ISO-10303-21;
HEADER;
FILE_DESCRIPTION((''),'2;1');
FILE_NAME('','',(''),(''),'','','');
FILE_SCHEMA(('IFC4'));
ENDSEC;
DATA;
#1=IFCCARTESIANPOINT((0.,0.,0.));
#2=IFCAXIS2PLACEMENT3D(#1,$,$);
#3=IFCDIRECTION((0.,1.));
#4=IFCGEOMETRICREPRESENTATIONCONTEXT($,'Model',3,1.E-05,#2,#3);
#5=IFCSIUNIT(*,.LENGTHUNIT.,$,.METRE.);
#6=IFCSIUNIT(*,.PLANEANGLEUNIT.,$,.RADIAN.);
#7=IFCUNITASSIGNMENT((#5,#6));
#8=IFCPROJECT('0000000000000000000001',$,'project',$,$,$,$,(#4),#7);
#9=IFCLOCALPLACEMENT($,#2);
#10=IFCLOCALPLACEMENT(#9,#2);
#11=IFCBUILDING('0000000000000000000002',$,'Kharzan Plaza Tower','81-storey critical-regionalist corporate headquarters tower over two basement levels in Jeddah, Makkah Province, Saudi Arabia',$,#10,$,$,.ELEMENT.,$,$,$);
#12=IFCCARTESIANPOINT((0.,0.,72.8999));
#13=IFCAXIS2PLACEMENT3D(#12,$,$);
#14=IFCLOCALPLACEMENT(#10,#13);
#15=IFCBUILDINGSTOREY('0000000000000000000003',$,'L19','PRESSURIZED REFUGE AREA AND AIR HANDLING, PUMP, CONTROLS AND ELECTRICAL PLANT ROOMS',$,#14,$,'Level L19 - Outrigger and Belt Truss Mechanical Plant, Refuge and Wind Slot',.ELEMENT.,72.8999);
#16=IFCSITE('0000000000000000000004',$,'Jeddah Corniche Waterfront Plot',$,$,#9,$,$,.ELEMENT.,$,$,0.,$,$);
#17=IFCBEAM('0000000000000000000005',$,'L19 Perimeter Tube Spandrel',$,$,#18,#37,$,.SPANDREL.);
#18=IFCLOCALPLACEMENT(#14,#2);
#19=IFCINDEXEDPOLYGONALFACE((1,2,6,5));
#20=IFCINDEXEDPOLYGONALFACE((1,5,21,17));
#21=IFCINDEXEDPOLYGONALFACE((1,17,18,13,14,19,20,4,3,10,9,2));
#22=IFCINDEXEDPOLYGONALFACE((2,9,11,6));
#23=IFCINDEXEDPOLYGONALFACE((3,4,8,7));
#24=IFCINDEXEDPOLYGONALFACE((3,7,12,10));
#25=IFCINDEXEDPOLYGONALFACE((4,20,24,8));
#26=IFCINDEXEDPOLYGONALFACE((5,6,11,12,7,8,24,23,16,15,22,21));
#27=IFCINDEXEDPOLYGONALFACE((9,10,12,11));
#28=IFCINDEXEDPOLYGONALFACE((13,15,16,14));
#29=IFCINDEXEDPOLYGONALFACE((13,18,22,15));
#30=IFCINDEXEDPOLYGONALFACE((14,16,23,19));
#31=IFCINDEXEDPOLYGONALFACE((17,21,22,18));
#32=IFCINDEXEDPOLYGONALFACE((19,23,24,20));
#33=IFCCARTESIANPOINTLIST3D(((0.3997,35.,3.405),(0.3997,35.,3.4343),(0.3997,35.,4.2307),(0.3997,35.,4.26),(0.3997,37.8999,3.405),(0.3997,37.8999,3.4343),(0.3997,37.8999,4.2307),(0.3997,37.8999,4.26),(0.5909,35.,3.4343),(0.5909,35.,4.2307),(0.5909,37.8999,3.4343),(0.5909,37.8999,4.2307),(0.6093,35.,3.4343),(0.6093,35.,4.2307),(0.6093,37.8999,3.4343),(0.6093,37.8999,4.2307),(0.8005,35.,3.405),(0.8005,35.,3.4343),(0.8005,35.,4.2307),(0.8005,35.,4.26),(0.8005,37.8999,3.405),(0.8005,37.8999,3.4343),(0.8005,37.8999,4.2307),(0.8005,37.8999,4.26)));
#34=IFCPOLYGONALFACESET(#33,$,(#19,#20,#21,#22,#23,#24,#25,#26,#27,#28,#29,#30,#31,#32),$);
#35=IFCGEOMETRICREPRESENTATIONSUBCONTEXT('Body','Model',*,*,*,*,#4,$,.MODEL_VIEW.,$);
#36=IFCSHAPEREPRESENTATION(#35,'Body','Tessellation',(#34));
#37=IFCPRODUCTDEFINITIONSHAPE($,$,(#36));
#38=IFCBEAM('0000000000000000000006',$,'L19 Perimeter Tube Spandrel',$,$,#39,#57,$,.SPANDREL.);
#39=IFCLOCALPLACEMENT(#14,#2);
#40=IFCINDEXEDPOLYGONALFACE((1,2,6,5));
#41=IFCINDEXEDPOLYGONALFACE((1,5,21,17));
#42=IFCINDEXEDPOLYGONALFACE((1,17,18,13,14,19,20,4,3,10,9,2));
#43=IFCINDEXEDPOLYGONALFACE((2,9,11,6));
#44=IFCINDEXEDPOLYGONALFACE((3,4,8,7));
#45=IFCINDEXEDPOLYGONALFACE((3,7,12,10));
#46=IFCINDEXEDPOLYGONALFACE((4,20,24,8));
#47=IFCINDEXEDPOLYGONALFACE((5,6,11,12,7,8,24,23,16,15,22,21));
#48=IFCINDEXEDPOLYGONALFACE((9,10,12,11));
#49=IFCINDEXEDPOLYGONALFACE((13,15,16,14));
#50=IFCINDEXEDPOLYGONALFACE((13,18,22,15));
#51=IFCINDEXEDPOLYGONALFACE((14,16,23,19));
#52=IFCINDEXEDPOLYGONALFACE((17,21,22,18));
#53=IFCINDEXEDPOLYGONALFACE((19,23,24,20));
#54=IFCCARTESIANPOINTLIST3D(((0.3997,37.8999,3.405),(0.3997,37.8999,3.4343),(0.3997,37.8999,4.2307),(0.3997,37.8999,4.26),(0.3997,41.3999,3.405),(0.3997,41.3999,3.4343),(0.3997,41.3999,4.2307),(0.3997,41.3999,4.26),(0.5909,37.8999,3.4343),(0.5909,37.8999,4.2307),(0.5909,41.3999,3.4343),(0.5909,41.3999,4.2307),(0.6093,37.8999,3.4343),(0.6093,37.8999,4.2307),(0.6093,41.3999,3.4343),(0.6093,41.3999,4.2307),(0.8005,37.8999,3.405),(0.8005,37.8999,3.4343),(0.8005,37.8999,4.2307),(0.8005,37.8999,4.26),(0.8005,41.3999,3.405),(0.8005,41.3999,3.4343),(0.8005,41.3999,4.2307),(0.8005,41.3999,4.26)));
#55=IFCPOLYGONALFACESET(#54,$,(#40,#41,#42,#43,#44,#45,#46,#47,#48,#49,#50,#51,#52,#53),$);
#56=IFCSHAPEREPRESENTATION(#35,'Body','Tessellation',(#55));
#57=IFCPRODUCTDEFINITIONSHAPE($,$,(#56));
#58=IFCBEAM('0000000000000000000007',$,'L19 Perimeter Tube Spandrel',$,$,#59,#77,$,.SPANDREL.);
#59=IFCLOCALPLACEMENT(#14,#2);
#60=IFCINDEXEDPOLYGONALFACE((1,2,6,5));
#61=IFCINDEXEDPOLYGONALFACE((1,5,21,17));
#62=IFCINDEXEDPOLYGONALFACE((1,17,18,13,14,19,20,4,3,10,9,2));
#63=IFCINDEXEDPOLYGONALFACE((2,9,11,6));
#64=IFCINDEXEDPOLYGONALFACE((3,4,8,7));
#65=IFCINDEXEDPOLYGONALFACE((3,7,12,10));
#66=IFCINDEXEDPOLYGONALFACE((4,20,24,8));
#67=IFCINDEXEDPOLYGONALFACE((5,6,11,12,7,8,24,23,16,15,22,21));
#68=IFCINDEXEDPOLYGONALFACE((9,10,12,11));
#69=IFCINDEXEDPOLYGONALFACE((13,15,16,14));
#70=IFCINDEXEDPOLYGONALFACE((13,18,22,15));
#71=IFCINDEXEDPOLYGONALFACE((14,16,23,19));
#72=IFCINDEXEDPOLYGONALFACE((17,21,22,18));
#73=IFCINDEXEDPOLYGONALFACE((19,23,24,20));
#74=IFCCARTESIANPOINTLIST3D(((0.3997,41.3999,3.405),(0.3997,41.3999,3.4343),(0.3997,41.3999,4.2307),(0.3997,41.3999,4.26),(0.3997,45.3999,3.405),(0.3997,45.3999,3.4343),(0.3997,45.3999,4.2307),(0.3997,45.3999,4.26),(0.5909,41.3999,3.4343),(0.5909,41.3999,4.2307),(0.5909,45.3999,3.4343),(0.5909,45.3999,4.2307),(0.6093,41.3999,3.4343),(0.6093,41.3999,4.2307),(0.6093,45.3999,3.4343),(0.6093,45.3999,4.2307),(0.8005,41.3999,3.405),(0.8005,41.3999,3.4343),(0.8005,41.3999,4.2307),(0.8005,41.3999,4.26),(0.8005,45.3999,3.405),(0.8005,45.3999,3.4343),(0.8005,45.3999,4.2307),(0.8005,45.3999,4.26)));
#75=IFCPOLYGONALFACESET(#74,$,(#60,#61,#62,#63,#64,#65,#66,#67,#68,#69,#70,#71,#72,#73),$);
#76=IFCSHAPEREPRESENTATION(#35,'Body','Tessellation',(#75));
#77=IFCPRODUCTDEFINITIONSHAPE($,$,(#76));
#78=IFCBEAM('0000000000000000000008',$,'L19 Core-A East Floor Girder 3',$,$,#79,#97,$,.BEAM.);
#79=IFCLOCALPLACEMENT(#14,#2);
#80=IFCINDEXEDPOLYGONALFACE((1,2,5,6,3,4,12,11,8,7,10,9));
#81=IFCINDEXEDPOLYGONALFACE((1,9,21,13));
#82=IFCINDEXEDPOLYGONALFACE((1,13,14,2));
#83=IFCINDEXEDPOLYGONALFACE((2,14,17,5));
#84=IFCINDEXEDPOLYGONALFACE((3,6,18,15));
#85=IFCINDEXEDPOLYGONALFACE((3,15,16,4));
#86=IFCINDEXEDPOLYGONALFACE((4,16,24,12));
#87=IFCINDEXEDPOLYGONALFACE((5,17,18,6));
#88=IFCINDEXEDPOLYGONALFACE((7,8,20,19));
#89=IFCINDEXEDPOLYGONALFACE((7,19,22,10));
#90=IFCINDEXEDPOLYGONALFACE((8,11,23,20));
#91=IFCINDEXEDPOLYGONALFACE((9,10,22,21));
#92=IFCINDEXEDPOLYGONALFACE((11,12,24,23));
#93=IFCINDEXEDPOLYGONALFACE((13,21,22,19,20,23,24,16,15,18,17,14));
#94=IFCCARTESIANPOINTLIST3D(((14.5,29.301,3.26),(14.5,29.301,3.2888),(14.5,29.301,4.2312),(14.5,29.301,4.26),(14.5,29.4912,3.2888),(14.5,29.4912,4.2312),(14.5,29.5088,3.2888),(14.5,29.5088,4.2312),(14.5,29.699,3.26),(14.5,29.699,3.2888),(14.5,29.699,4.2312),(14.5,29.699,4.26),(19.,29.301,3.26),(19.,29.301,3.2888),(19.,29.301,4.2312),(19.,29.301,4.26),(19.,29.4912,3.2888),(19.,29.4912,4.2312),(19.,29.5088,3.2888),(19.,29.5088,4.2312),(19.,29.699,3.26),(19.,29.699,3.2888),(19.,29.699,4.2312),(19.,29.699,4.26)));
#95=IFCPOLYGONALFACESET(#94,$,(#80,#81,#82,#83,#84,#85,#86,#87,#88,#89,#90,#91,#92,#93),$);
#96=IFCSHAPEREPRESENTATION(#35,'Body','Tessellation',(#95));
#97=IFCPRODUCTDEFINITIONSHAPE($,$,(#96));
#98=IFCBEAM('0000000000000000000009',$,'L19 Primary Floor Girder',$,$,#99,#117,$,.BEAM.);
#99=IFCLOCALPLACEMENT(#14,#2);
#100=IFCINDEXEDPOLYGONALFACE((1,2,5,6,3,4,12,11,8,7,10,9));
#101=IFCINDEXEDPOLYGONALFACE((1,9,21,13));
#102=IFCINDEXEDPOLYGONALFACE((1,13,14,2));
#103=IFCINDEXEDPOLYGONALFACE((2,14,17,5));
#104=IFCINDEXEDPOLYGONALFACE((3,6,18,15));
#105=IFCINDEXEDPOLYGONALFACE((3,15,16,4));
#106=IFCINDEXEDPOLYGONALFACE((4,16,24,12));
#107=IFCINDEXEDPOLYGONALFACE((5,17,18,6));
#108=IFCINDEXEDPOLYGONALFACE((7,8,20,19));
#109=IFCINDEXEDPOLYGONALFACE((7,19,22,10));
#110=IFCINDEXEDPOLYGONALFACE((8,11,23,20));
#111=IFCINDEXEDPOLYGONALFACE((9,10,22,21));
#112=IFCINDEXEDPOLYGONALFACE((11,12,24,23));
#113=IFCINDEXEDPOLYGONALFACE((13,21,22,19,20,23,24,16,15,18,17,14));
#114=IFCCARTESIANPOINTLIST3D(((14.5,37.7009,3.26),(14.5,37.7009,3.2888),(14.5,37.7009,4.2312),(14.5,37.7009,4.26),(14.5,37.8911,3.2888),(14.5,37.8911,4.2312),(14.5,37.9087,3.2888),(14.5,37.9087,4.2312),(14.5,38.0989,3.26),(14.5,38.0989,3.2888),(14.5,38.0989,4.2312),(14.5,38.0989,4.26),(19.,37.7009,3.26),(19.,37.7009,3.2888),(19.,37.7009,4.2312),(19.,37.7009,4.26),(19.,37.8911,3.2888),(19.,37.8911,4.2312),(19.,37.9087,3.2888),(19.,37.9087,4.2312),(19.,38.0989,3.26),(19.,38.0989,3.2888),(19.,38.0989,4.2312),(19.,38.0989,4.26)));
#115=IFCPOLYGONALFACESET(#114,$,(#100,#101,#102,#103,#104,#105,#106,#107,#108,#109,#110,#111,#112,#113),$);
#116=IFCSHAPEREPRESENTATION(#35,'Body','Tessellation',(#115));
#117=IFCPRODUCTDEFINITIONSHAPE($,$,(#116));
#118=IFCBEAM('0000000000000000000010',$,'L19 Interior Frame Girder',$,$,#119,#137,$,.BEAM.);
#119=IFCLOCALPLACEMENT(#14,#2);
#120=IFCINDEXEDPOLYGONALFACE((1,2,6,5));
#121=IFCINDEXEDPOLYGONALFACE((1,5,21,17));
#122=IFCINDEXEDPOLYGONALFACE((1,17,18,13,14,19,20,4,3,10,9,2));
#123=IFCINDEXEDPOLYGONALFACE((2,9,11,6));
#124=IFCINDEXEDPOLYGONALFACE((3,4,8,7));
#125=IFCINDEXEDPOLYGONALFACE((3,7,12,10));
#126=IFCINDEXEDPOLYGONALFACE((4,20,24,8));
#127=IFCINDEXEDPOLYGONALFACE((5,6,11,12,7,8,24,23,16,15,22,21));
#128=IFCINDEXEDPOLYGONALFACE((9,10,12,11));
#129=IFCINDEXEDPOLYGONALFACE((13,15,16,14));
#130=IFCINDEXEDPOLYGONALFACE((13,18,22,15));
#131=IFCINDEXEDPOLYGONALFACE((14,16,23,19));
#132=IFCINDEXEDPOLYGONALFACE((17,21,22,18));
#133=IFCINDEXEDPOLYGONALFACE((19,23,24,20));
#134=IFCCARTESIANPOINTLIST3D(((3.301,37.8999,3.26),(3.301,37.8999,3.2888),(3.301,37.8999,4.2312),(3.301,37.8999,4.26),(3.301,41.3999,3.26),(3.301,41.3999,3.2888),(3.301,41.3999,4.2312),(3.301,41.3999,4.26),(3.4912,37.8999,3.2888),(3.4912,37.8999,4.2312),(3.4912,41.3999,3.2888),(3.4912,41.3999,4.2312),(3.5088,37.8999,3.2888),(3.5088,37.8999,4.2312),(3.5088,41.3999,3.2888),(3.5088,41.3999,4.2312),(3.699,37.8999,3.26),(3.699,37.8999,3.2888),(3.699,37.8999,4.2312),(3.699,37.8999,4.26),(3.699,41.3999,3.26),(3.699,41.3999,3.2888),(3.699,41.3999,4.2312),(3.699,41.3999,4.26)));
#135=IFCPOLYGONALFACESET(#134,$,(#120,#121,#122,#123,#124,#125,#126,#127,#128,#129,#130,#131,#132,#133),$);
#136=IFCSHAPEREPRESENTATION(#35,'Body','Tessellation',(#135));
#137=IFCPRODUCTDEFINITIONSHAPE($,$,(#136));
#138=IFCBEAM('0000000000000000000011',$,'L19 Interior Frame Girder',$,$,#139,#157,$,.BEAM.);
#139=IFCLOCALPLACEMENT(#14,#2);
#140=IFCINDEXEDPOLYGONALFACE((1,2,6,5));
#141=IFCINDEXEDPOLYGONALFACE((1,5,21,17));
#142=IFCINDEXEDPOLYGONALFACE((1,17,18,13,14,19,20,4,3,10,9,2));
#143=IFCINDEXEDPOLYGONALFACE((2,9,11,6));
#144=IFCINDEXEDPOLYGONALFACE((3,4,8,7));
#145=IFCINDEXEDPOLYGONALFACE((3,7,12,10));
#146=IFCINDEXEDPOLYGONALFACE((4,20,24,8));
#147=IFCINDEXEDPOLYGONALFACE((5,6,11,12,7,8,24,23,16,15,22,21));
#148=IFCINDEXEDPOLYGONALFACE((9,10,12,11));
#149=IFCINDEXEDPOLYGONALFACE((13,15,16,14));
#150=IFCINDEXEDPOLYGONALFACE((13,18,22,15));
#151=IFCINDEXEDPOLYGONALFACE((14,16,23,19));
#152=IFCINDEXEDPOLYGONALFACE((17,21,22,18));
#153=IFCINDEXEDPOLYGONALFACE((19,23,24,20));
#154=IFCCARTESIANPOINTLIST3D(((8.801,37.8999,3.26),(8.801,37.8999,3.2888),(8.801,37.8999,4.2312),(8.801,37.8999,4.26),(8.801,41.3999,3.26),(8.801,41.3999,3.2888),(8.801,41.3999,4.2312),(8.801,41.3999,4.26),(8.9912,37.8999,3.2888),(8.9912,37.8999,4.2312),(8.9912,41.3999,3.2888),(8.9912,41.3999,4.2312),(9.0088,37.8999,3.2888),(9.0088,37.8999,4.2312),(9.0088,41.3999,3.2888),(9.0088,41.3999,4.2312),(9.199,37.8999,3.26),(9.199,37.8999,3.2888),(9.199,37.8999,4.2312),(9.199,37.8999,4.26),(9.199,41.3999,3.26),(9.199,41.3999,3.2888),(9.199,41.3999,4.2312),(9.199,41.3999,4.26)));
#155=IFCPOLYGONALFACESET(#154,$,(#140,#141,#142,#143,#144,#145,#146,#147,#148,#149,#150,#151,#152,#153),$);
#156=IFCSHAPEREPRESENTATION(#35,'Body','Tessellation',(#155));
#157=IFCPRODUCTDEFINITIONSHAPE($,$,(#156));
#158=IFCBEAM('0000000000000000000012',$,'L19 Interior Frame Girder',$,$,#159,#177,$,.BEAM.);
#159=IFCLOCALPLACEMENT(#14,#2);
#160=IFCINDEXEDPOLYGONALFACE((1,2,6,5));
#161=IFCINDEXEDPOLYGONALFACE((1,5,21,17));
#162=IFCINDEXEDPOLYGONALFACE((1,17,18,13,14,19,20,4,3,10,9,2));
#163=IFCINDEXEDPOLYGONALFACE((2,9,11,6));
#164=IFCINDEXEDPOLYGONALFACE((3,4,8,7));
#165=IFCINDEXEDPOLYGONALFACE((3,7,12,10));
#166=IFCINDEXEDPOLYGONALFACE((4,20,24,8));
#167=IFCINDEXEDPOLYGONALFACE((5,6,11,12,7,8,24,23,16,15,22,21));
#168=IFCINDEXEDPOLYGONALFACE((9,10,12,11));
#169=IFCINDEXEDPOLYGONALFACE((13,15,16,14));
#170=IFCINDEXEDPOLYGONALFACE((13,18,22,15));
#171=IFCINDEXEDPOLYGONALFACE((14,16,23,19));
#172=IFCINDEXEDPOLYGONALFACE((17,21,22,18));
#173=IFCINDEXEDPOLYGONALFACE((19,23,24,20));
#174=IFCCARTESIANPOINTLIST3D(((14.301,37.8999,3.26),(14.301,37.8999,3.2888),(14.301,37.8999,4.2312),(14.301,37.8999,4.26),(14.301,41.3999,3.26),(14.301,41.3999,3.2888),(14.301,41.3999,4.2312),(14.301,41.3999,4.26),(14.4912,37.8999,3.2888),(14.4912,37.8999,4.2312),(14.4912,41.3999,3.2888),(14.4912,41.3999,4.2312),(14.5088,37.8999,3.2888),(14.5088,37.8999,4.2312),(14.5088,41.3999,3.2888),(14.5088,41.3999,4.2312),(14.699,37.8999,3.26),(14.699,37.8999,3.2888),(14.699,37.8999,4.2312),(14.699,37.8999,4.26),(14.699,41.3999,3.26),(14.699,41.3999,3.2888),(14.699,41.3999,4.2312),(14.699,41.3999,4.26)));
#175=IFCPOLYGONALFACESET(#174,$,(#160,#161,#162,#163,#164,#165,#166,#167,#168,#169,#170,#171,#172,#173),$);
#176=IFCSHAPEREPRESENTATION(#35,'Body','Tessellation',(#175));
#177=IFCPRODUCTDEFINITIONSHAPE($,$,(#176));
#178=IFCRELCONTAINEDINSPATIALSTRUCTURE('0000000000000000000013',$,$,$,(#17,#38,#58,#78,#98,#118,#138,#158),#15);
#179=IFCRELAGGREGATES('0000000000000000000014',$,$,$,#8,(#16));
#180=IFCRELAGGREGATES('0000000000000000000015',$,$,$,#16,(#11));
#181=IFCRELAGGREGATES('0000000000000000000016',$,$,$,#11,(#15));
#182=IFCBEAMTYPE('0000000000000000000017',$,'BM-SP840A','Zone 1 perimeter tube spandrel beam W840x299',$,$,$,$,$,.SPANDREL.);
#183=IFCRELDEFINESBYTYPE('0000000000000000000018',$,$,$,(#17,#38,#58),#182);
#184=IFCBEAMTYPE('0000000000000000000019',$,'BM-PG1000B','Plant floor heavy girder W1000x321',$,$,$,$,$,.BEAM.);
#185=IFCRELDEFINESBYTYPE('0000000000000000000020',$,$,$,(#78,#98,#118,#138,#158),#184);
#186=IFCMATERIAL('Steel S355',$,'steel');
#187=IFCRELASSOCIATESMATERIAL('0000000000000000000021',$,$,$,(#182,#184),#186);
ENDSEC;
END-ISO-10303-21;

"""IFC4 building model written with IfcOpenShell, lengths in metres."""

from ifc_helpers import new_model, si_unit, direction, frame, origin, origin_2d, place, context, subcontext, project, spatial, i_section, extrude, source, transform, mapped, material, material_profile, profile_set, type_object, element, save


model = new_model("IFC4")

# Units and contexts
model_context = context("Model", 3, precision=1e-05, world=origin(), true_north=direction((0.0, 1.0)))
body_context = subcontext(model_context, "Body", "Model", "MODEL_VIEW")
ifc_project = project(units=[si_unit("LENGTHUNIT", "METRE"), si_unit("PLANEANGLEUNIT", "RADIAN")], contexts=[model_context])

# Site, building, storey
site_placement = place(None, origin())
site = spatial("IfcSite", under=ifc_project, at=site_placement, Name="Jeddah Corniche Waterfront Plot", CompositionType="ELEMENT", RefElevation=0.0)
building_placement = place(site_placement, origin())
building = spatial("IfcBuilding", under=site, at=building_placement, Name="Kharzan Plaza Tower", Description="81-storey critical-regionalist corporate headquarters tower over two basement levels in Jeddah, Makkah Province, Saudi Arabia", CompositionType="ELEMENT")
storey_placement = place(building_placement, frame((0.0, 0.0, 72.8999)))
storey = spatial("IfcBuildingStorey", under=building, at=storey_placement, Name="L19", Description="PRESSURIZED REFUGE AREA AND AIR HANDLING, PUMP, CONTROLS AND ELECTRICAL PLANT ROOMS", LongName="Level L19 - Outrigger and Belt Truss Mechanical Plant, Refuge and Wind Slot", CompositionType="ELEMENT", Elevation=72.8999)

# Beams
ifc_material_1 = material(Name="Steel S355", Category="steel")
ifc_material_profile_1 = material_profile(ifc_material_1, i_section(OverallWidth=0.4009, OverallDepth=0.855, WebThickness=0.0183, FlangeThickness=0.0293, at=origin_2d()), Name="W840x299")
ifc_profile_set_1 = profile_set([ifc_material_profile_1], Name="Steel S355")
beam_type_1 = type_object("IfcBeamType", Name="BM-SP840A", Description="Zone 1 perimeter tube spandrel beam W840x299", PredefinedType="SPANDREL", material=ifc_profile_set_1)
shared_shape_1 = source(origin(), body_context, "Body", "SweptSolid", [
    extrude(i_section(OverallWidth=0.4009, OverallDepth=0.855, WebThickness=0.0183, FlangeThickness=0.0293, at=origin_2d()), origin(), (0.0, 0.0, 1.0), 2.8999),
])
beam_1_placement = place(storey_placement, frame((0.6001, 35.0, 3.8325), z_axis=(0.0, 1.0, 0.0), x_axis=(-1.0, 0.0, 0.0)))
element("IfcBeam", 1, at=beam_1_placement, inside=storey, type_object=beam_type_1, Name="L19 Perimeter Tube Spandrel", PredefinedType="SPANDREL", context=body_context, shape_type="MappedRepresentation", body=[
    mapped(shared_shape_1, transform((0.0, 0.0, 0.0), x_axis=(1.0, 0.0, 0.0), y_axis=(0.0, 1.0, 0.0), z_axis=(0.0, 0.0, 1.0))),
])
shared_shape_2 = source(origin(), body_context, "Body", "SweptSolid", [
    extrude(i_section(OverallWidth=0.4009, OverallDepth=0.855, WebThickness=0.0183, FlangeThickness=0.0293, at=origin_2d()), origin(), (0.0, 0.0, 1.0), 3.5),
])
beam_2_placement = place(storey_placement, frame((0.6001, 37.8999, 3.8325), z_axis=(0.0, 1.0, 0.0), x_axis=(-1.0, 0.0, 0.0)))
element("IfcBeam", 2, at=beam_2_placement, inside=storey, type_object=beam_type_1, Name="L19 Perimeter Tube Spandrel", PredefinedType="SPANDREL", context=body_context, shape_type="MappedRepresentation", body=[
    mapped(shared_shape_2, transform((0.0, 0.0, 0.0), x_axis=(1.0, 0.0, 0.0), y_axis=(0.0, 1.0, 0.0), z_axis=(0.0, 0.0, 1.0))),
])
shared_shape_3 = source(origin(), body_context, "Body", "SweptSolid", [
    extrude(i_section(OverallWidth=0.4009, OverallDepth=0.855, WebThickness=0.0183, FlangeThickness=0.0293, at=origin_2d()), origin(), (0.0, 0.0, 1.0), 4.0),
])
beam_3_placement = place(storey_placement, frame((0.6001, 41.3999, 3.8325), z_axis=(0.0, 1.0, 0.0), x_axis=(-1.0, 0.0, 0.0)))
element("IfcBeam", 3, at=beam_3_placement, inside=storey, type_object=beam_type_1, Name="L19 Perimeter Tube Spandrel", PredefinedType="SPANDREL", context=body_context, shape_type="MappedRepresentation", body=[
    mapped(shared_shape_3, transform((0.0, 0.0, 0.0), x_axis=(1.0, 0.0, 0.0), y_axis=(0.0, 1.0, 0.0), z_axis=(0.0, 0.0, 1.0))),
])
ifc_material_profile_2 = material_profile(ifc_material_1, i_section(OverallWidth=0.3979, OverallDepth=1.0, WebThickness=0.0176, FlangeThickness=0.0288, at=origin_2d()), Name="W1000x321")
ifc_profile_set_2 = profile_set([ifc_material_profile_2], Name="Steel S355")
beam_type_2 = type_object("IfcBeamType", Name="BM-PG1000B", Description="Plant floor heavy girder W1000x321", PredefinedType="BEAM", material=ifc_profile_set_2)
shared_shape_4 = source(origin(), body_context, "Body", "SweptSolid", [
    extrude(i_section(OverallWidth=0.3979, OverallDepth=1.0, WebThickness=0.0176, FlangeThickness=0.0288, at=origin_2d()), origin(), (0.0, 0.0, 1.0), 4.5),
])
for number, where, z_axis, x_axis, name in (
    (4, (14.5, 29.5, 3.76), (1.0, 0.0, 0.0), (0.0, 1.0, 0.0), "L19 Core-A East Floor Girder 3"),
    (5, (14.5, 37.8999, 3.76), (1.0, 0.0, 0.0), (0.0, 1.0, 0.0), "L19 Primary Floor Girder"),
):
    element("IfcBeam", number, at=place(storey_placement, frame(where, z_axis=z_axis, x_axis=x_axis)), inside=storey, type_object=beam_type_2, Name=name, PredefinedType="BEAM", context=body_context, shape_type="MappedRepresentation", body=[
        mapped(shared_shape_4, transform((0.0, 0.0, 0.0), x_axis=(1.0, 0.0, 0.0), y_axis=(0.0, 1.0, 0.0), z_axis=(0.0, 0.0, 1.0))),
    ])
shared_shape_5 = source(origin(), body_context, "Body", "SweptSolid", [
    extrude(i_section(OverallWidth=0.3979, OverallDepth=1.0, WebThickness=0.0176, FlangeThickness=0.0288, at=origin_2d()), origin(), (0.0, 0.0, 1.0), 3.5),
])
for number, where, z_axis, x_axis, name in (
    (6, (3.5, 37.8999, 3.76), (0.0, 1.0, 0.0), (-1.0, 0.0, 0.0), "L19 Interior Frame Girder"),
    (7, (9.0, 37.8999, 3.76), (0.0, 1.0, 0.0), (-1.0, 0.0, 0.0), "L19 Interior Frame Girder"),
    (8, (14.5, 37.8999, 3.76), (0.0, 1.0, 0.0), (-1.0, 0.0, 0.0), "L19 Interior Frame Girder"),
):
    element("IfcBeam", number, at=place(storey_placement, frame(where, z_axis=z_axis, x_axis=x_axis)), inside=storey, type_object=beam_type_2, Name=name, PredefinedType="BEAM", context=body_context, shape_type="MappedRepresentation", body=[
        mapped(shared_shape_5, transform((0.0, 0.0, 0.0), x_axis=(1.0, 0.0, 0.0), y_axis=(0.0, 1.0, 0.0), z_axis=(0.0, 0.0, 1.0))),
    ])

save(model, "model.ifc")
